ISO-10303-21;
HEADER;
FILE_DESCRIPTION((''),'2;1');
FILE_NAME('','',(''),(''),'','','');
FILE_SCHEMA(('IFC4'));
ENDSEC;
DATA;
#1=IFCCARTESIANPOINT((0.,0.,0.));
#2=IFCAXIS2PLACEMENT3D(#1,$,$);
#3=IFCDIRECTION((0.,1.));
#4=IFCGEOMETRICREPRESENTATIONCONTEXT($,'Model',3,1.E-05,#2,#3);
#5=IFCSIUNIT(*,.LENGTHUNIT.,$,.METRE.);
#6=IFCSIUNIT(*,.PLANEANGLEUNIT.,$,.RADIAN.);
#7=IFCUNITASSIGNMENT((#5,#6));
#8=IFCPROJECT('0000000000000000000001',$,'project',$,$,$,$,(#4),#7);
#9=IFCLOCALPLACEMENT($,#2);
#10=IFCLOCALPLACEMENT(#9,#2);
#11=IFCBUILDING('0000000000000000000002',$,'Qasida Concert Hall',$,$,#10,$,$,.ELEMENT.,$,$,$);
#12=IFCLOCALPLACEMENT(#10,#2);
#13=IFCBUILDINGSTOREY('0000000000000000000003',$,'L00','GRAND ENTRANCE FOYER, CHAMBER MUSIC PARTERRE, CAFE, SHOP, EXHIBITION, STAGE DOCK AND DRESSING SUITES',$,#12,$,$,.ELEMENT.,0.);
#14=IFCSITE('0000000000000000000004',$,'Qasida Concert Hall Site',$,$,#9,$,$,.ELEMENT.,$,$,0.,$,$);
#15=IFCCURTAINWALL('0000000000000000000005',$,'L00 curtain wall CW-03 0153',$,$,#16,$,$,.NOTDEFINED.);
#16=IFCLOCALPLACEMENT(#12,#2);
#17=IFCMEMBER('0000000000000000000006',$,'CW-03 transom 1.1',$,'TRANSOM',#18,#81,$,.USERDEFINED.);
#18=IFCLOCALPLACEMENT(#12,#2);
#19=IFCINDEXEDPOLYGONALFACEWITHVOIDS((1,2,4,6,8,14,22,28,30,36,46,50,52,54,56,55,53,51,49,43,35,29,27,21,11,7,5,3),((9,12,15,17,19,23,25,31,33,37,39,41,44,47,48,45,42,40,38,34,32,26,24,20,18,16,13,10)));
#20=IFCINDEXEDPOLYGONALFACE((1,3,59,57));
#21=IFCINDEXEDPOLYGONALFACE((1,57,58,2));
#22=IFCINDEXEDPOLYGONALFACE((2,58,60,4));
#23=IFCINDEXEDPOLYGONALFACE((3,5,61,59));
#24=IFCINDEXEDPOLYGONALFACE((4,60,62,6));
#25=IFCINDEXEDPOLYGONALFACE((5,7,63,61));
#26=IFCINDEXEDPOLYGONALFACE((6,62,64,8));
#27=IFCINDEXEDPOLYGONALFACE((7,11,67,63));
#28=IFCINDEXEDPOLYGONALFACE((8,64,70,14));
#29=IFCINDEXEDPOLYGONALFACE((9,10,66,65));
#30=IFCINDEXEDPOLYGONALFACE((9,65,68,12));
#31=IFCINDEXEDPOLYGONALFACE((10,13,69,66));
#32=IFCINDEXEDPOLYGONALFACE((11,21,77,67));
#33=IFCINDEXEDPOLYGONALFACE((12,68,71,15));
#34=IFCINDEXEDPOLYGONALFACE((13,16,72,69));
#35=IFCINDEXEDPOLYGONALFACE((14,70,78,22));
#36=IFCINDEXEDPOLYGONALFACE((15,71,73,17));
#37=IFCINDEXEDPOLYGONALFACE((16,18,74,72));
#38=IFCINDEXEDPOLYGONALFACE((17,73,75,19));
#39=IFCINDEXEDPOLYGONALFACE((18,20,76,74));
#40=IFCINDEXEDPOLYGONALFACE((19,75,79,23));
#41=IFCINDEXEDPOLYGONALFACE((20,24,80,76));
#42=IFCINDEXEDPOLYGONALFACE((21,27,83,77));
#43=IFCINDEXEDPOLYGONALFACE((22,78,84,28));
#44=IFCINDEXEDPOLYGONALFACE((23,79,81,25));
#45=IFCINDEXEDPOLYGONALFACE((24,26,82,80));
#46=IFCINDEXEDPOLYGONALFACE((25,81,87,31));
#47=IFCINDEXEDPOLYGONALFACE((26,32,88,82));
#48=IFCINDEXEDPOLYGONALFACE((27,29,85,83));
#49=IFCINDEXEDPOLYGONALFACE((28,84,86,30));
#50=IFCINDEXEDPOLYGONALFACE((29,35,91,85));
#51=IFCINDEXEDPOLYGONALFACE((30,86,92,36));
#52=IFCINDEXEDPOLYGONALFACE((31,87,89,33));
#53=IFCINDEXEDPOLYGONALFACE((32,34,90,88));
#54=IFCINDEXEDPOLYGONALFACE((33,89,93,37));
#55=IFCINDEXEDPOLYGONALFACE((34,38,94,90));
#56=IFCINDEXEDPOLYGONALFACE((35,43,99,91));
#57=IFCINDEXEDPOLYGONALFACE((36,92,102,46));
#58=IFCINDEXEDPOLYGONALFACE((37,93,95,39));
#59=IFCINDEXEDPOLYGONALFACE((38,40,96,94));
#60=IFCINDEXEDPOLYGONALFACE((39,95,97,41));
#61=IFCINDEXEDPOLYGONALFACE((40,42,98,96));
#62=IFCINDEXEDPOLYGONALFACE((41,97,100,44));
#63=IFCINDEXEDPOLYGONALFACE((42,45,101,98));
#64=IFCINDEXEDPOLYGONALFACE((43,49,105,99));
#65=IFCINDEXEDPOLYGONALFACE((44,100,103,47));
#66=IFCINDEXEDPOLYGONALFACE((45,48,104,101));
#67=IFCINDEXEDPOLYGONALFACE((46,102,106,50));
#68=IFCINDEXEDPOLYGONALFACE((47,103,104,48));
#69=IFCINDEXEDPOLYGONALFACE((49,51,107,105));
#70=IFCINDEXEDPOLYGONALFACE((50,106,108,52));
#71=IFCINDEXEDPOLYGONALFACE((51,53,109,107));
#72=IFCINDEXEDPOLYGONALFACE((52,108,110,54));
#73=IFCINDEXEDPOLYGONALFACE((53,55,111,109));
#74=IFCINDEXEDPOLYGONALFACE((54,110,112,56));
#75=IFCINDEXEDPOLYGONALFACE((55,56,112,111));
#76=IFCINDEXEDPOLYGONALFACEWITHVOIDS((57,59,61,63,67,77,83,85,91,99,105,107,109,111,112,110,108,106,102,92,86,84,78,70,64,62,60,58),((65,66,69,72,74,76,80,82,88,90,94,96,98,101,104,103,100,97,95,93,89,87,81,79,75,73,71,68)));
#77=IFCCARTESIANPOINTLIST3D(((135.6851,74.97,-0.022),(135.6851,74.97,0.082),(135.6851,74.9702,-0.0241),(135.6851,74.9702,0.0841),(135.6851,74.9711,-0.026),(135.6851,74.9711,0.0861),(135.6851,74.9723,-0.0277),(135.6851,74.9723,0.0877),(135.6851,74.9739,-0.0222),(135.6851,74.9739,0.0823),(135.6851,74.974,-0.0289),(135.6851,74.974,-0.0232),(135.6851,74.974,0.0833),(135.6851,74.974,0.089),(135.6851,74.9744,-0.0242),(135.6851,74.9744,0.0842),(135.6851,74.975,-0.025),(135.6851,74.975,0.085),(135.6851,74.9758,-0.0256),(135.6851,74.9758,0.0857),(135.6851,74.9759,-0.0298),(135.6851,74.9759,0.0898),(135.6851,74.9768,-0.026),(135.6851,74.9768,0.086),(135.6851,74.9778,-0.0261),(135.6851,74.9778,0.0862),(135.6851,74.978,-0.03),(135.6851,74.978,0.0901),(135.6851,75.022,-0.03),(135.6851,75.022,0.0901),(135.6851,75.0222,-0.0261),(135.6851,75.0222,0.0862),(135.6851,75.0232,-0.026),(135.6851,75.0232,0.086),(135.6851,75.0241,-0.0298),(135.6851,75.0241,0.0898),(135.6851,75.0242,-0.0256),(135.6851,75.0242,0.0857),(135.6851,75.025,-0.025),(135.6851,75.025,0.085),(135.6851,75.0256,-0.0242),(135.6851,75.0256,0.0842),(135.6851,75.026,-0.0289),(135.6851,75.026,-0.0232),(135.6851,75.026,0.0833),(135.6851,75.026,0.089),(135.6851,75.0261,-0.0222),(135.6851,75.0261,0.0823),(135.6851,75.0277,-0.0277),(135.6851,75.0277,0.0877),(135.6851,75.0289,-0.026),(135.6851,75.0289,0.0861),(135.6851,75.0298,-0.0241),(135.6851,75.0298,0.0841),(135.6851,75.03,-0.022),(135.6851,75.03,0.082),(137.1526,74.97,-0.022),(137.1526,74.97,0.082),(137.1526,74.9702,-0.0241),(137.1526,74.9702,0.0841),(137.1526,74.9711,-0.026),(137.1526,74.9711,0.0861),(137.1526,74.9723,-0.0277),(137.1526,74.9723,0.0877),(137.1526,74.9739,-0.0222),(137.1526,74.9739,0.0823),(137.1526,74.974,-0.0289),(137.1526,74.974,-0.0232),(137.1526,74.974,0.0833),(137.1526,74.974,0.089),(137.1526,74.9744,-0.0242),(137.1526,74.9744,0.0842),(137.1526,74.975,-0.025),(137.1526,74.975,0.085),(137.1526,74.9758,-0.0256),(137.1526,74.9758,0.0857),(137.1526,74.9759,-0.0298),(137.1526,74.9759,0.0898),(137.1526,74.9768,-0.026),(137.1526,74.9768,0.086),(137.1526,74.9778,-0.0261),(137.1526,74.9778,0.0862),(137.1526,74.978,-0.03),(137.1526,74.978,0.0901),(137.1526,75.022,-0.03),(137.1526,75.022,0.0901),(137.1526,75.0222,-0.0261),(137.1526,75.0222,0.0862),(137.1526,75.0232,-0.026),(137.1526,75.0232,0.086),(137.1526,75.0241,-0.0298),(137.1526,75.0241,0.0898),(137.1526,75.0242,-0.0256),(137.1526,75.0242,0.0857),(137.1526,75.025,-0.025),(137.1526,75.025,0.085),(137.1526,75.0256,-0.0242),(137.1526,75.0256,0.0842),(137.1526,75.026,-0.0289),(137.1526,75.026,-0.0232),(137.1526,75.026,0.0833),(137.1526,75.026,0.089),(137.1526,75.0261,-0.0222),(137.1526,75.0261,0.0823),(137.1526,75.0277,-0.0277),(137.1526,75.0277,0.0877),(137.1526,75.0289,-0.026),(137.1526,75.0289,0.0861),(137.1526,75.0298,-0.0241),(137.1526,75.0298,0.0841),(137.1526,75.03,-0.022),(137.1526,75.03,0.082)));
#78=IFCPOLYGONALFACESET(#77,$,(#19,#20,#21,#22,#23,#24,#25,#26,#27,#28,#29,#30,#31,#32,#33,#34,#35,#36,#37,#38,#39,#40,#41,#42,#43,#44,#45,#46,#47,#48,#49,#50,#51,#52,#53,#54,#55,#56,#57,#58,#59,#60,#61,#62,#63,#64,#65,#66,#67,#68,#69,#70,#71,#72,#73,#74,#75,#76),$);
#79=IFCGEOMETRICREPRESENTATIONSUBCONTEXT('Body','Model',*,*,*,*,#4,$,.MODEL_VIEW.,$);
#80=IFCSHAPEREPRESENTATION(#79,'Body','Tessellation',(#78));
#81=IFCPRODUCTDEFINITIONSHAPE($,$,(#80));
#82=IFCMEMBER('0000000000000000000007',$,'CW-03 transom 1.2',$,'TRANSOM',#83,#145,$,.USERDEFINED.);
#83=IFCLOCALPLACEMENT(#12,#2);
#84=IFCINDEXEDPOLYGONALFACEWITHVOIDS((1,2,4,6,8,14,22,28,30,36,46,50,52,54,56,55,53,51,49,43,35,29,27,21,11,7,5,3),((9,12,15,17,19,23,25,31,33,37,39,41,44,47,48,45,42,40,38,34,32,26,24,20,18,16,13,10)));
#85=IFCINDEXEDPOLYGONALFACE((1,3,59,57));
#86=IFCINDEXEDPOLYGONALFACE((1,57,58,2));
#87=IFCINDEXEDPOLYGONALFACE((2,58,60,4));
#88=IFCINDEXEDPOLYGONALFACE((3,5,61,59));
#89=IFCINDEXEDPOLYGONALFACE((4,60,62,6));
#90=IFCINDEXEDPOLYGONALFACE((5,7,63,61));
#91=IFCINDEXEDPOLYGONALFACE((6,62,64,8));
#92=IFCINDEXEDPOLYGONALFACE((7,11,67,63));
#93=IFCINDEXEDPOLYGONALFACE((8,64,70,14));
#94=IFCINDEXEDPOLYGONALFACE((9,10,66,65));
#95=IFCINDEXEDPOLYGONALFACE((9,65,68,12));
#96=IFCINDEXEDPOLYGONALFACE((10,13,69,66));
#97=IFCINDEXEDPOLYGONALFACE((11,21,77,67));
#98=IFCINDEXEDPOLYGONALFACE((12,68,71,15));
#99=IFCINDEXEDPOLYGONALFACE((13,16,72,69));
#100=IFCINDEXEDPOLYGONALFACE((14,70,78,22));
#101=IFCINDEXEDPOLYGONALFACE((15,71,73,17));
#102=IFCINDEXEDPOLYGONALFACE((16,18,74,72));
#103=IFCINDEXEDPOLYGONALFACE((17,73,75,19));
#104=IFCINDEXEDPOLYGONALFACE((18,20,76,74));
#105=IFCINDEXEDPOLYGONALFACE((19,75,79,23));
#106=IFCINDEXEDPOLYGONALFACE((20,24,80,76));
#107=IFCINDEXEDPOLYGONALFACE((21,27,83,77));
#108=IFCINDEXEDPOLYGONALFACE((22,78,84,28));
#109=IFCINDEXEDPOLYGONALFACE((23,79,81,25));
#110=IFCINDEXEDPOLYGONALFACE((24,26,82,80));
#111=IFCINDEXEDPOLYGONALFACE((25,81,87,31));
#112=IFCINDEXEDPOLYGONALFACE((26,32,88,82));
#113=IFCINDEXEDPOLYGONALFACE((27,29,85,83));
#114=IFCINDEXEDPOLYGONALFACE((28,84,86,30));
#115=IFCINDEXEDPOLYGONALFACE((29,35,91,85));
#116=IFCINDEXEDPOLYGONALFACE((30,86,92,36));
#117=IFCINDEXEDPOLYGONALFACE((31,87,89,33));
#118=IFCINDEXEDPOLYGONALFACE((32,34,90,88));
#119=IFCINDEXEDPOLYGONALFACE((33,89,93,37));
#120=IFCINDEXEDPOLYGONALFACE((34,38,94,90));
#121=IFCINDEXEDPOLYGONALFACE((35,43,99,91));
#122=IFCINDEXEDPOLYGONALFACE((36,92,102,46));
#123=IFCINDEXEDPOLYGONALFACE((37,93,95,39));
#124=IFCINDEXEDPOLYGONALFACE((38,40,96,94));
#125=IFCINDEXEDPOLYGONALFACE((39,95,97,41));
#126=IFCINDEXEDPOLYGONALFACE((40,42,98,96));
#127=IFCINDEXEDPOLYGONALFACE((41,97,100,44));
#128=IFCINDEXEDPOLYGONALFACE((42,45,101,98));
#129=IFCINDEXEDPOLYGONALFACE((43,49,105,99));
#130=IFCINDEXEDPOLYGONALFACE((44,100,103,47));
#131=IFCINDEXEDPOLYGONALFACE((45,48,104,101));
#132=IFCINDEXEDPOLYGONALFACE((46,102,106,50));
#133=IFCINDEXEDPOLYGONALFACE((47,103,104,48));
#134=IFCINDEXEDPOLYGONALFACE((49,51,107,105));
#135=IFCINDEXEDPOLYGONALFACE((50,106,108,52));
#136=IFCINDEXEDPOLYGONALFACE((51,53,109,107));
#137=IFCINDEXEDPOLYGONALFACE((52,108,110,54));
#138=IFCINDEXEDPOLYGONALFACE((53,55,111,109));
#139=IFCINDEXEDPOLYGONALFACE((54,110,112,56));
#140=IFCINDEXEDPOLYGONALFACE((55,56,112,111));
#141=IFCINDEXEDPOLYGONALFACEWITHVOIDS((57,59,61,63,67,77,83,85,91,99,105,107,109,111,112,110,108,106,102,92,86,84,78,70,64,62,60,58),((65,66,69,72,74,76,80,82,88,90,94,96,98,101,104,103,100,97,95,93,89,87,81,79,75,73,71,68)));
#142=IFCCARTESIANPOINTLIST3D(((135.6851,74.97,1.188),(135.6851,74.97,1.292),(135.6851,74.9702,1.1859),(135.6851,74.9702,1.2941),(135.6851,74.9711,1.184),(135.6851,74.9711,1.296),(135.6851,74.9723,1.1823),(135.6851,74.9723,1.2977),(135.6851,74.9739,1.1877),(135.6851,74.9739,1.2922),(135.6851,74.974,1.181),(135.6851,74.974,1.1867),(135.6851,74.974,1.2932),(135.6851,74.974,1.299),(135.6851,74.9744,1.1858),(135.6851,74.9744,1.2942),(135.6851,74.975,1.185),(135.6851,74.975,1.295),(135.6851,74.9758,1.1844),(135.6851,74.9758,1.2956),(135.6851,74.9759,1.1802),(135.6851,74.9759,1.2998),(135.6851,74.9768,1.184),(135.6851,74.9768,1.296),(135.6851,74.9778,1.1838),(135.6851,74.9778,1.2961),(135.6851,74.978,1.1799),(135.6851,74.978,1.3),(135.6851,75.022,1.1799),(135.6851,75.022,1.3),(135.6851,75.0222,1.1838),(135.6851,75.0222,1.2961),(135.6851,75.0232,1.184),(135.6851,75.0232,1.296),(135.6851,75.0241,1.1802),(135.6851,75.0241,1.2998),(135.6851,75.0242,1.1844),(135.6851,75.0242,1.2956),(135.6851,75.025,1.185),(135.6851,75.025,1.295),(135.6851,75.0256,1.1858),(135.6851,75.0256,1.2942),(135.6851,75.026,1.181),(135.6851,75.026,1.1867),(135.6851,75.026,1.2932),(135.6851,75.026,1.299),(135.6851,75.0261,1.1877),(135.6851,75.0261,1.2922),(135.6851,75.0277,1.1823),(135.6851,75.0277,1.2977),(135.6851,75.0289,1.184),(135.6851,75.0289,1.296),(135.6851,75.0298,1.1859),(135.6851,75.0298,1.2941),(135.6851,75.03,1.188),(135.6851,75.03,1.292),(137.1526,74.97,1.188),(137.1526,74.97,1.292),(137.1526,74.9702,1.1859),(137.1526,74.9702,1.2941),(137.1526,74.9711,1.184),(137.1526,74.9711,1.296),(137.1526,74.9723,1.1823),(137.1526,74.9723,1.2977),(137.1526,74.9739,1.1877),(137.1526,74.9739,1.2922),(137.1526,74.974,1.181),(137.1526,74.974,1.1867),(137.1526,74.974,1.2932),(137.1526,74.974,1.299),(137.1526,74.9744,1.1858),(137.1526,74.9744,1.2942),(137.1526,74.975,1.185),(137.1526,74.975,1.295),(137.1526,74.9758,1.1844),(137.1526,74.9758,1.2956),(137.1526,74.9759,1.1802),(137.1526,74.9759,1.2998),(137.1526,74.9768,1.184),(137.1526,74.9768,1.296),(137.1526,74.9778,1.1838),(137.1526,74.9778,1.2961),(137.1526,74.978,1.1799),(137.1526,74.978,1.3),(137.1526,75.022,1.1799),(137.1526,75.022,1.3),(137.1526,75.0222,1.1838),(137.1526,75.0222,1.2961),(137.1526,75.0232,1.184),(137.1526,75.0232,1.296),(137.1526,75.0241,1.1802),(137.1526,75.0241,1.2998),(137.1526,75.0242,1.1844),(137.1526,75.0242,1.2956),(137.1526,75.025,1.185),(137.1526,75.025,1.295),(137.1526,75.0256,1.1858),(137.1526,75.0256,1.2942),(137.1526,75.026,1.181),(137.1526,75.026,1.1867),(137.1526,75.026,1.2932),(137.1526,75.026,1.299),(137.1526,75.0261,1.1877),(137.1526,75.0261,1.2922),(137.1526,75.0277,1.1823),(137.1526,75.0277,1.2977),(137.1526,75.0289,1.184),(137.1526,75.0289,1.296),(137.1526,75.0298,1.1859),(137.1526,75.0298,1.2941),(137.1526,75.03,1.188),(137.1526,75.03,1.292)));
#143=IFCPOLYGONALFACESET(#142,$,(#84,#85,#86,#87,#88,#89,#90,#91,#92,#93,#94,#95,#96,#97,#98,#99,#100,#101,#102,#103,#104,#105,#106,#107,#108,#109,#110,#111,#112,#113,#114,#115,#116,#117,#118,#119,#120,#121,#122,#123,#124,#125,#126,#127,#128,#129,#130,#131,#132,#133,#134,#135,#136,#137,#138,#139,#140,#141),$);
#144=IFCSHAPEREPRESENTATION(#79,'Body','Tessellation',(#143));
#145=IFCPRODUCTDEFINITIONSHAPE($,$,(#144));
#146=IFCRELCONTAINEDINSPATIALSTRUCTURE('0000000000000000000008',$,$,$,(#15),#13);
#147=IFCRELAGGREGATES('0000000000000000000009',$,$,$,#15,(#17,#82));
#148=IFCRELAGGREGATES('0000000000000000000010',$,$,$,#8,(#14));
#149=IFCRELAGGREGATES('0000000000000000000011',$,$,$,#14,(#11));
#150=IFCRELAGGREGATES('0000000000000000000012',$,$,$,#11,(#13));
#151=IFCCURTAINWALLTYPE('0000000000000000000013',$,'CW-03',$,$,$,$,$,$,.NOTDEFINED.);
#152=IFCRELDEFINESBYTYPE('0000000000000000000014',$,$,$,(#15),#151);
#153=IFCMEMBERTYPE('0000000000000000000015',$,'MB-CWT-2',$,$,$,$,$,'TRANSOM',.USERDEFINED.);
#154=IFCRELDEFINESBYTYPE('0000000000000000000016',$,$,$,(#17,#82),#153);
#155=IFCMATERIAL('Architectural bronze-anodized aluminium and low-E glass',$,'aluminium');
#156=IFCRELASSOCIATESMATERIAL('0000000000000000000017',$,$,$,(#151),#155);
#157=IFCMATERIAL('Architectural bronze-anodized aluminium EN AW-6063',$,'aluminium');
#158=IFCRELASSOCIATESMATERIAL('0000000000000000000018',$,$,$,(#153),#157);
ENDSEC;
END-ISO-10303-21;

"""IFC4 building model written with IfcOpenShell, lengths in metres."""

from ifc_helpers import new_model, si_unit, direction, frame, origin, origin_2d, place, context, subcontext, project, spatial, hollow_rectangle, extrude, material, material_profile, profile_set, type_object, element, aggregate, save


model = new_model("IFC4")

# Units and contexts
model_context = context("Model", 3, precision=1e-05, world=origin(), true_north=direction((0.0, 1.0)))
body_context = subcontext(model_context, "Body", "Model", "MODEL_VIEW")
ifc_project = project(units=[si_unit("LENGTHUNIT", "METRE"), si_unit("PLANEANGLEUNIT", "RADIAN")], contexts=[model_context])

# Site, building, storey
site_placement = place(None, origin())
site = spatial("IfcSite", under=ifc_project, at=site_placement, Name="Qasida Concert Hall Site", CompositionType="ELEMENT", RefElevation=0.0)
building_placement = place(site_placement, origin())
building = spatial("IfcBuilding", under=site, at=building_placement, Name="Qasida Concert Hall", CompositionType="ELEMENT")
storey_placement = place(building_placement, origin())
storey = spatial("IfcBuildingStorey", under=building, at=storey_placement, Name="L00", Description="GRAND ENTRANCE FOYER, CHAMBER MUSIC PARTERRE, CAFE, SHOP, EXHIBITION, STAGE DOCK AND DRESSING SUITES", CompositionType="ELEMENT", Elevation=0.0)

# Curtain wall, members
ifc_material_1 = material(Name="Architectural bronze-anodized aluminium and low-E glass", Category="aluminium")
curtain_wall_type = type_object("IfcCurtainWallType", Name="CW-03", PredefinedType="NOTDEFINED", material=ifc_material_1)
curtain_wall_placement = place(storey_placement, origin())
curtain_wall = element("IfcCurtainWall", 1, at=curtain_wall_placement, inside=storey, type_object=curtain_wall_type, Name="L00 curtain wall CW-03 0153", PredefinedType="NOTDEFINED")
ifc_material_2 = material(Name="Architectural bronze-anodized aluminium EN AW-6063", Category="aluminium")
ifc_material_profile_1 = material_profile(ifc_material_2, hollow_rectangle(XDim=0.0601, YDim=0.1201, WallThickness=0.0039, InnerFilletRadius=0.0039, OuterFilletRadius=0.0081, at=origin_2d()), Name="CWT 120x60x4")
ifc_profile_set_1 = profile_set([ifc_material_profile_1], Name="Architectural bronze-anodized aluminium EN AW-6063")
member_type_1 = type_object("IfcMemberType", Name="MB-CWT-2", ElementType="TRANSOM", PredefinedType="USERDEFINED", material=ifc_profile_set_1)
member_1_placement = place(storey_placement, frame((135.6851, 75.0, 0.03), z_axis=(1.0, 0.0, 0.0), x_axis=(0.0, 1.0, 0.0)))
member_1 = element("IfcMember", 2, at=member_1_placement, type_object=member_type_1, Name="CW-03 transom 1.1", ObjectType="TRANSOM", PredefinedType="USERDEFINED", context=body_context, shape_type="SweptSolid", body=[
    extrude(hollow_rectangle(XDim=0.0601, YDim=0.1201, WallThickness=0.0039, InnerFilletRadius=0.0039, OuterFilletRadius=0.0081, at=origin_2d()), origin(), (0.0, 0.0, 1.0), 1.4675),
])
member_2_placement = place(storey_placement, frame((135.6851, 75.0, 1.24), z_axis=(1.0, 0.0, 0.0), x_axis=(0.0, 1.0, 0.0)))
member_2 = element("IfcMember", 3, at=member_2_placement, type_object=member_type_1, Name="CW-03 transom 1.2", ObjectType="TRANSOM", PredefinedType="USERDEFINED", context=body_context, shape_type="SweptSolid", body=[
    extrude(hollow_rectangle(XDim=0.0601, YDim=0.1201, WallThickness=0.0039, InnerFilletRadius=0.0039, OuterFilletRadius=0.0081, at=origin_2d()), origin(), (0.0, 0.0, 1.0), 1.4675),
])
aggregate(curtain_wall, [member_1, member_2])

save(model, "model.ifc")
